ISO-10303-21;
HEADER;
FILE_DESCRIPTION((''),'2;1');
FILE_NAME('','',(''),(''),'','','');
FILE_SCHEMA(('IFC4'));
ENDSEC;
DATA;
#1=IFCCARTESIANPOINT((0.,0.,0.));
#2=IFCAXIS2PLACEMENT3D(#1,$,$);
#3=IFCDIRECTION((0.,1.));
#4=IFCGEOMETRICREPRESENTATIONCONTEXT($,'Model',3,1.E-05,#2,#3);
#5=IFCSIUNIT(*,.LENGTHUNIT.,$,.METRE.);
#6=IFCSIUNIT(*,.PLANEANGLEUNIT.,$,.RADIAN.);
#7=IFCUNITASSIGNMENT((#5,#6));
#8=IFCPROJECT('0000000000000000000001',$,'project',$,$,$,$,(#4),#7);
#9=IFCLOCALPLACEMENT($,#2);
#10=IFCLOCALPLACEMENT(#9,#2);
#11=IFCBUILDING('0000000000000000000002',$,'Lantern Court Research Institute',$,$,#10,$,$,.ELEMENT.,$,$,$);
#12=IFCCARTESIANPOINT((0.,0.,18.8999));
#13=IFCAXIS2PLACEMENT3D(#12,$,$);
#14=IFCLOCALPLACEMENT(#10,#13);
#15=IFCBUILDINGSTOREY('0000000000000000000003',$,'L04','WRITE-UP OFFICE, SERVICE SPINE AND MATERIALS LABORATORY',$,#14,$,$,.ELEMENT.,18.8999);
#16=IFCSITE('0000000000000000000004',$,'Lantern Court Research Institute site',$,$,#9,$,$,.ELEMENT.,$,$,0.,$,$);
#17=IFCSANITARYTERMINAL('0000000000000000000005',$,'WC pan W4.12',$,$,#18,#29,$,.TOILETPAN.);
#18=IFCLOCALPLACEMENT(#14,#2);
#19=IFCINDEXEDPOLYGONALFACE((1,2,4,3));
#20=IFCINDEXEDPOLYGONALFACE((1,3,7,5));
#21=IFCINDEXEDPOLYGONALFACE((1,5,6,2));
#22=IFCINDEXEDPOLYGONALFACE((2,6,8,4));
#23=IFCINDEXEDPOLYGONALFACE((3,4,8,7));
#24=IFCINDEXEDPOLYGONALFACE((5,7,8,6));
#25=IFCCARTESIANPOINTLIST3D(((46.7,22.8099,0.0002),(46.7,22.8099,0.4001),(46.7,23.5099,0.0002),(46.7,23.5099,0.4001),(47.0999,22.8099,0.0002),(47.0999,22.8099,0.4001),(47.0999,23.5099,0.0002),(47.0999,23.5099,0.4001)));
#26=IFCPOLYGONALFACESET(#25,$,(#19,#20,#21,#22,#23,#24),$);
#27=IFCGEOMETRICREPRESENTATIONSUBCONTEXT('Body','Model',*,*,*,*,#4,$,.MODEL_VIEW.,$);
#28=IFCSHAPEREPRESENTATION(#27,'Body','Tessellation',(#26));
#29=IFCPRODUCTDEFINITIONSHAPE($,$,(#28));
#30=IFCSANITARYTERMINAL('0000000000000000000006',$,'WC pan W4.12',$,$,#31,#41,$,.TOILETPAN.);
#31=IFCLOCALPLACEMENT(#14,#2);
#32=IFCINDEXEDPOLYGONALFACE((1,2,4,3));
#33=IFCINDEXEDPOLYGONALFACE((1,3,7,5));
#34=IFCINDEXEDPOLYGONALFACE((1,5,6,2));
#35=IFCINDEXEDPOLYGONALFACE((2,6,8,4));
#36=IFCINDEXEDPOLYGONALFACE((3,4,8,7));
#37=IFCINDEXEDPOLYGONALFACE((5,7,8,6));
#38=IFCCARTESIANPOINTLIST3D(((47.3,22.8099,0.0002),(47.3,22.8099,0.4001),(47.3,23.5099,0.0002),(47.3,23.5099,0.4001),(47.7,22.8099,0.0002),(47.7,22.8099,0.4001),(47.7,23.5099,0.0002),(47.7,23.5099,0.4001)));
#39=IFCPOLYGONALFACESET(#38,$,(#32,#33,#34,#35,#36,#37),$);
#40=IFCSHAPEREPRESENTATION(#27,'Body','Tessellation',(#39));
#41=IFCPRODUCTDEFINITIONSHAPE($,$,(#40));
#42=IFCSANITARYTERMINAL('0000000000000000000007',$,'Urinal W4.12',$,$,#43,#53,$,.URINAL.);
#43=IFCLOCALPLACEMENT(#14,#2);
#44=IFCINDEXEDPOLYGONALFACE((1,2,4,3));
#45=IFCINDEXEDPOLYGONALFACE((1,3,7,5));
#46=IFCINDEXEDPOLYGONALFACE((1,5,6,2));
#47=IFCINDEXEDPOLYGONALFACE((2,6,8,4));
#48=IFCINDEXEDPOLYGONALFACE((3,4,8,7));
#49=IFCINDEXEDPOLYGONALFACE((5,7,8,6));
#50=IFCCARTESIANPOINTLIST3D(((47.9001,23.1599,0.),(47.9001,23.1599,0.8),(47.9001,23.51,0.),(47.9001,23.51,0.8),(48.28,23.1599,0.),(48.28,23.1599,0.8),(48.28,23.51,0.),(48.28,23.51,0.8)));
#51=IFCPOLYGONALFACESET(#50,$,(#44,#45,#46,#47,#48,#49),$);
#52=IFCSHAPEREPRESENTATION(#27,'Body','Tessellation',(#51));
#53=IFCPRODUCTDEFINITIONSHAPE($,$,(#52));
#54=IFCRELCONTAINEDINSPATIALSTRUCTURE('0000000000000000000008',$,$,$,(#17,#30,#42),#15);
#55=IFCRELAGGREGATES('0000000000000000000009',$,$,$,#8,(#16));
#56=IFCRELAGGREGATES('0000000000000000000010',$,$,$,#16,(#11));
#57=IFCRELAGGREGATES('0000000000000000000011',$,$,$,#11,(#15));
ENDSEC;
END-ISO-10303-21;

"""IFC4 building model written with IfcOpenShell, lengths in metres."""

from ifc_helpers import new_model, si_unit, direction, frame, origin, origin_2d, place, context, subcontext, project, spatial, rectangle, extrude, element, save


model = new_model("IFC4")

# Units and contexts
model_context = context("Model", 3, precision=1e-05, world=origin(), true_north=direction((0.0, 1.0)))
body_context = subcontext(model_context, "Body", "Model", "MODEL_VIEW")
ifc_project = project(units=[si_unit("LENGTHUNIT", "METRE"), si_unit("PLANEANGLEUNIT", "RADIAN")], contexts=[model_context])

# Site, building, storey
site_placement = place(None, origin())
site = spatial("IfcSite", under=ifc_project, at=site_placement, Name="Lantern Court Research Institute site", CompositionType="ELEMENT", RefElevation=0.0)
building_placement = place(site_placement, origin())
building = spatial("IfcBuilding", under=site, at=building_placement, Name="Lantern Court Research Institute", CompositionType="ELEMENT")
storey_placement = place(building_placement, frame((0.0, 0.0, 18.8999)))
storey = spatial("IfcBuildingStorey", under=building, at=storey_placement, Name="L04", Description="WRITE-UP OFFICE, SERVICE SPINE AND MATERIALS LABORATORY", CompositionType="ELEMENT", Elevation=18.8999)

# Sanitary terminals
for number, where, z_axis, x_axis, name in (
    (1, (46.8999, 23.1599, 0.0002), (0.0, 0.0, 1.0), (1.0, 0.0, 0.0), "WC pan W4.12"),
    (2, (47.5, 23.1599, 0.0002), (0.0, 0.0, 1.0), (1.0, 0.0, 0.0), "WC pan W4.12"),
):
    element("IfcSanitaryTerminal", number, at=place(storey_placement, frame(where, z_axis=z_axis, x_axis=x_axis)), inside=storey, Name=name, PredefinedType="TOILETPAN", context=body_context, shape_type="SweptSolid", body=[
        extrude(rectangle(XDim=0.3999, YDim=0.7, at=origin_2d()), origin(), (0.0, 0.0, 1.0), 0.3999),
    ])
sanitary_terminal_placement = place(storey_placement, frame((48.0901, 23.335, 0.0), z_axis=(0.0, 0.0, 1.0), x_axis=(1.0, 0.0, 0.0)))
element("IfcSanitaryTerminal", 3, at=sanitary_terminal_placement, inside=storey, Name="Urinal W4.12", PredefinedType="URINAL", context=body_context, shape_type="SweptSolid", body=[
    extrude(rectangle(XDim=0.3799, YDim=0.3501, at=origin_2d()), origin(), (0.0, 0.0, 1.0), 0.8),
])

save(model, "model.ifc")
